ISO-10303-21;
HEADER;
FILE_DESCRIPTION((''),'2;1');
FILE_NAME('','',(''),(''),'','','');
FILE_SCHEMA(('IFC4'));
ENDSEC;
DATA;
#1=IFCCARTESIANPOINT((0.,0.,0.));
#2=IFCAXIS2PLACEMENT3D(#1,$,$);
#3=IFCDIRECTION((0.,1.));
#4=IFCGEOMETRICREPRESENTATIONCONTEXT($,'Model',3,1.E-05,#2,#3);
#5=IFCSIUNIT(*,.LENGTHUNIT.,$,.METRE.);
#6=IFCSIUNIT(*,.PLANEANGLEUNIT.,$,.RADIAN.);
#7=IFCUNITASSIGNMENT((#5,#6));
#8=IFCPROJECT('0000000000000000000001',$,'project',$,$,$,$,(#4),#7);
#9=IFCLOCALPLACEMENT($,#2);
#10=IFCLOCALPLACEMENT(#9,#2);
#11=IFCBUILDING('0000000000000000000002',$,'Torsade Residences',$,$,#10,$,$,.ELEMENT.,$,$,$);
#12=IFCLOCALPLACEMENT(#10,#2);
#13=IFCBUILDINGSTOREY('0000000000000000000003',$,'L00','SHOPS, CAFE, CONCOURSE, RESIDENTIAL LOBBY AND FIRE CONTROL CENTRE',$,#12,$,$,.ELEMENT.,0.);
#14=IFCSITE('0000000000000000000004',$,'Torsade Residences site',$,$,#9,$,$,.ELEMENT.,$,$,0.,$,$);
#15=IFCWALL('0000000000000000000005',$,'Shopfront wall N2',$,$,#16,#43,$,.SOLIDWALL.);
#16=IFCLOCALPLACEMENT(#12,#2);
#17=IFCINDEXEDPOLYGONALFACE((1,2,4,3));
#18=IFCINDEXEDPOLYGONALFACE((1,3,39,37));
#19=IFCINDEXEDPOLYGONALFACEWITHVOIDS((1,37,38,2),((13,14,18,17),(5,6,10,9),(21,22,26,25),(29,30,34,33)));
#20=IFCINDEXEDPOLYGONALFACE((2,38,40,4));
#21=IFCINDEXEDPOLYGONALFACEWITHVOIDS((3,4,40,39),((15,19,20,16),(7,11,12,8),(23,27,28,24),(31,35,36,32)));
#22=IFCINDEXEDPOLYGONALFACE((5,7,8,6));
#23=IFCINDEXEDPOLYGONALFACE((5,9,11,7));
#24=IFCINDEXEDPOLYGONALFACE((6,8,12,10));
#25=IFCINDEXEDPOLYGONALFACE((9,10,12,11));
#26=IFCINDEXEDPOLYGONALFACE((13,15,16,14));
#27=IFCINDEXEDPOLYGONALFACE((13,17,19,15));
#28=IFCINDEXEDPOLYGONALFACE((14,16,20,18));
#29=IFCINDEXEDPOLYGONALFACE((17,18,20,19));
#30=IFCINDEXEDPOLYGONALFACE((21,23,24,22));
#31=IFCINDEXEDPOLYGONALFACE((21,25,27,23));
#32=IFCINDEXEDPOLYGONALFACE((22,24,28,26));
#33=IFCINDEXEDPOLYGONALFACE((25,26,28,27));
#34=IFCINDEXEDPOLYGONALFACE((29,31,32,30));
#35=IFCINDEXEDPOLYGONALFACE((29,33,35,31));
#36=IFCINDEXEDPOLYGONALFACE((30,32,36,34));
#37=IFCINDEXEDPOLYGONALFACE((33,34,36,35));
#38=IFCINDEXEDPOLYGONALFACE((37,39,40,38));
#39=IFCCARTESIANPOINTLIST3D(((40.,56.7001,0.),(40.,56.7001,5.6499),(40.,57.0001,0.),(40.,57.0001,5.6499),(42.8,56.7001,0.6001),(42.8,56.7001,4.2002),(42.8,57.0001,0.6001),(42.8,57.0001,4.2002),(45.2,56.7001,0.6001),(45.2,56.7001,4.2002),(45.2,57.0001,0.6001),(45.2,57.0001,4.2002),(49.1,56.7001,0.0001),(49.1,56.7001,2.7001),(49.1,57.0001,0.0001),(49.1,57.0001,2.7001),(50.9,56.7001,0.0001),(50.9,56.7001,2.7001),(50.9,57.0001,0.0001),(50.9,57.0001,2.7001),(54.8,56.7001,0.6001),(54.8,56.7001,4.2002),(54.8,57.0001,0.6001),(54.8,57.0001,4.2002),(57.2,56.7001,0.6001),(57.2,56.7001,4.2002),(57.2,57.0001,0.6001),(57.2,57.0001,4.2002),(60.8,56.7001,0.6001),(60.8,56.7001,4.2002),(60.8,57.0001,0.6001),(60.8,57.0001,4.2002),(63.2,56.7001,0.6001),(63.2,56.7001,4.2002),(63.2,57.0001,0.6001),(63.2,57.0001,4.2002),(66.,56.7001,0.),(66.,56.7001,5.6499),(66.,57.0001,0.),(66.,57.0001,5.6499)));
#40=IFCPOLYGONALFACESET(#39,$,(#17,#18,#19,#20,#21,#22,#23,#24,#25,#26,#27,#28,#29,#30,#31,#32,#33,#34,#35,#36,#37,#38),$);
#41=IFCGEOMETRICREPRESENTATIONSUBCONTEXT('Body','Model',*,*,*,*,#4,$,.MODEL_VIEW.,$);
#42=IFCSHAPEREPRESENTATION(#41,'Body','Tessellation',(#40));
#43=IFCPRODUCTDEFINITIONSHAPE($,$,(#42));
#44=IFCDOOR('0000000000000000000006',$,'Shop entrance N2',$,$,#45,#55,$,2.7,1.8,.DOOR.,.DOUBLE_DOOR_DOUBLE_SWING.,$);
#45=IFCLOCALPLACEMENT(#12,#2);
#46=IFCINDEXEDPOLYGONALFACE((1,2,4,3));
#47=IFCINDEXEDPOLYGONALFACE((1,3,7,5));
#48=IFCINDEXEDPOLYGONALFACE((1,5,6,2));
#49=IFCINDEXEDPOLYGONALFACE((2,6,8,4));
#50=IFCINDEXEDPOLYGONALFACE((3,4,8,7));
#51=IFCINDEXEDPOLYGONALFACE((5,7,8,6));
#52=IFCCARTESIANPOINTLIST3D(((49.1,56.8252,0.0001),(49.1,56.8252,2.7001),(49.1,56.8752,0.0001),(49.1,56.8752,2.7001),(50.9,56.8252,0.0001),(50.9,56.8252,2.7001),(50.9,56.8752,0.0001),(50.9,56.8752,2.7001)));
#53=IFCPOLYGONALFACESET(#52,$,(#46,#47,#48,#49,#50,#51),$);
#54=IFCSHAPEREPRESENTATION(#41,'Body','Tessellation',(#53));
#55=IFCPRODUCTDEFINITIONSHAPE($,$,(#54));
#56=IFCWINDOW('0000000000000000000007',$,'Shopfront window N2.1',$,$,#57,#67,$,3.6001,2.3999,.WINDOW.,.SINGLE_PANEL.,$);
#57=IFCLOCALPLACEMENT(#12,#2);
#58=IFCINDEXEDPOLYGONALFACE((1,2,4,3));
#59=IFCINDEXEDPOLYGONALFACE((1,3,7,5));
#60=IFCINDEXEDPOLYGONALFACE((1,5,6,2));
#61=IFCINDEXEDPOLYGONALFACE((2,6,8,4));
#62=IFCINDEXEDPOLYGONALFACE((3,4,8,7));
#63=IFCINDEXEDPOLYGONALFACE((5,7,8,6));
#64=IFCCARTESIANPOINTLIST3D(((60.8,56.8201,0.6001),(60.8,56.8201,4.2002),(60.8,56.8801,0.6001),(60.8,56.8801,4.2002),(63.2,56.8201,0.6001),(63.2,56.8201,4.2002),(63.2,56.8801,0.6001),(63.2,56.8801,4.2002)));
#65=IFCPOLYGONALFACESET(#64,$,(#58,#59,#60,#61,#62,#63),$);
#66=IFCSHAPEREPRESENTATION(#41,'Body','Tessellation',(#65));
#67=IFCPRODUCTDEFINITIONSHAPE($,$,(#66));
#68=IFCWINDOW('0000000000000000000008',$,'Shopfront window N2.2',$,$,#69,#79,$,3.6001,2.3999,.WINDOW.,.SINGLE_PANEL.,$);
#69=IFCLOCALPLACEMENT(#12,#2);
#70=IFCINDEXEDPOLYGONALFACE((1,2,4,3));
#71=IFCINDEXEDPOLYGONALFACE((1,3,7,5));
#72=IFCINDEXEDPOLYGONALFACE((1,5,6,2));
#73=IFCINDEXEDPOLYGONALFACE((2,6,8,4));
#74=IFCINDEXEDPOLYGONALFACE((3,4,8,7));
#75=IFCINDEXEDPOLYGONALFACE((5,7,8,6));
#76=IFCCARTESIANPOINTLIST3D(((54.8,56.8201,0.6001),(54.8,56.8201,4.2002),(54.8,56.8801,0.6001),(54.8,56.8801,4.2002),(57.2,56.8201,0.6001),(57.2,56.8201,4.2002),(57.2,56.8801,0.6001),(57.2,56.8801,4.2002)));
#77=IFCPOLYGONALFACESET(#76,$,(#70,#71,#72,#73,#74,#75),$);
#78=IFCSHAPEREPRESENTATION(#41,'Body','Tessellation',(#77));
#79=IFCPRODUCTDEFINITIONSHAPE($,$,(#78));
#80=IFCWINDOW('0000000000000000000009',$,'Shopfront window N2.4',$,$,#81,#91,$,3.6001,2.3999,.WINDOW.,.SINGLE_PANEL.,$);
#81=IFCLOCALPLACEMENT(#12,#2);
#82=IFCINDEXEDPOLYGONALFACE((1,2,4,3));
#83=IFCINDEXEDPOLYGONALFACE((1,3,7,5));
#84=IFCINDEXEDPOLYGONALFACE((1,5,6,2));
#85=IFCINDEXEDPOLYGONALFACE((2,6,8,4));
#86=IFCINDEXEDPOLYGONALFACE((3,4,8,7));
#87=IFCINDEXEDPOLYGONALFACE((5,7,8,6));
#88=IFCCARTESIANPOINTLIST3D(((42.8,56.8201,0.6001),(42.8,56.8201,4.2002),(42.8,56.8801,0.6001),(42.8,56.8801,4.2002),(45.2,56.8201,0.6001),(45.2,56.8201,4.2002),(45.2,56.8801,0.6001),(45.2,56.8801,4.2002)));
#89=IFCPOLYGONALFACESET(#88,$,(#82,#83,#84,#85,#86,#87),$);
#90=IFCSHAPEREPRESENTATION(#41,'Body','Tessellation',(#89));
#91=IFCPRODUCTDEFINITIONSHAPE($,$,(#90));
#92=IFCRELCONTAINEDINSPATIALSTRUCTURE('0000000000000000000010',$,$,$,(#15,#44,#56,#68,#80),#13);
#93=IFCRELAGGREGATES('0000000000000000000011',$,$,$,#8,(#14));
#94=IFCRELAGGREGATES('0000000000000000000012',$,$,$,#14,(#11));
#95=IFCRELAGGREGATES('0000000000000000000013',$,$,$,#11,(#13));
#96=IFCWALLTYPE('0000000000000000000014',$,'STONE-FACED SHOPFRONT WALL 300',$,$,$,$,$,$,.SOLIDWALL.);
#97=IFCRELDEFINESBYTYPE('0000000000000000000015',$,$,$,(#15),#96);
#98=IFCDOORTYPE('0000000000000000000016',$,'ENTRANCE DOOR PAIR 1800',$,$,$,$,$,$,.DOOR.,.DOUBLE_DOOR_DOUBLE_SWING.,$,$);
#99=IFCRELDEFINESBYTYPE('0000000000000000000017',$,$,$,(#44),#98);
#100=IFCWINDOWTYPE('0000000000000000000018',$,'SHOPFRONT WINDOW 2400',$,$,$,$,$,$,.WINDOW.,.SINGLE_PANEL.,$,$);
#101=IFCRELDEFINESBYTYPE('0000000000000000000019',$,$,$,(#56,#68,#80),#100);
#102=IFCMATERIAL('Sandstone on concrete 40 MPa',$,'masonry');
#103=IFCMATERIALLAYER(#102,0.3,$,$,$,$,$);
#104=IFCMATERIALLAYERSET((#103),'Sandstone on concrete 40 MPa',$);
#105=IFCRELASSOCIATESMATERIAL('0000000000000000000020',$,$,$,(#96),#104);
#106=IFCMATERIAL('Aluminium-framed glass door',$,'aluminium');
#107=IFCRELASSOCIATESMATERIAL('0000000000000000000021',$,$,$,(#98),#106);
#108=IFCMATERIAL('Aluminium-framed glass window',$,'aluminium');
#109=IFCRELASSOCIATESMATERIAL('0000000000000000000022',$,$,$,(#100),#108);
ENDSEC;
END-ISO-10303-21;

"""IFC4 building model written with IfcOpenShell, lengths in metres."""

from ifc_helpers import new_model, si_unit, direction, frame, frame_2d, origin, place, context, subcontext, project, spatial, rectangle, extrude, material, layer, layer_set, type_object, element, fill, save


model = new_model("IFC4")

# Units and contexts
model_context = context("Model", 3, precision=1e-05, world=origin(), true_north=direction((0.0, 1.0)))
body_context = subcontext(model_context, "Body", "Model", "MODEL_VIEW")
ifc_project = project(units=[si_unit("LENGTHUNIT", "METRE"), si_unit("PLANEANGLEUNIT", "RADIAN")], contexts=[model_context])

# Site, building, storey
site_placement = place(None, origin())
site = spatial("IfcSite", under=ifc_project, at=site_placement, Name="Torsade Residences site", CompositionType="ELEMENT", RefElevation=0.0)
building_placement = place(site_placement, origin())
building = spatial("IfcBuilding", under=site, at=building_placement, Name="Torsade Residences", CompositionType="ELEMENT")
storey_placement = place(building_placement, origin())
storey = spatial("IfcBuildingStorey", under=building, at=storey_placement, Name="L00", Description="SHOPS, CAFE, CONCOURSE, RESIDENTIAL LOBBY AND FIRE CONTROL CENTRE", CompositionType="ELEMENT", Elevation=0.0)

# Shared definitions
ifc_material_1 = material(Name="Sandstone on concrete 40 MPa", Category="masonry")
ifc_layer_1 = layer(ifc_material_1, 0.3)
ifc_layer_set_1 = layer_set([ifc_layer_1], Name="Sandstone on concrete 40 MPa")
wall_type_1 = type_object("IfcWallType", Name="STONE-FACED SHOPFRONT WALL 300", PredefinedType="SOLIDWALL", material=ifc_layer_set_1)

# Wall, openings, door, windows
wall_1_placement = place(storey_placement, frame((66.0, 56.8501, 0.0), z_axis=(0.0, 0.0, 1.0), x_axis=(-1.0, 0.0, 0.0)))
wall_1 = element("IfcWall", 1, at=wall_1_placement, inside=storey, type_object=wall_type_1, Name="Shopfront wall N2", PredefinedType="SOLIDWALL", context=body_context, shape_type="SweptSolid", body=[
    extrude(rectangle(XDim=26.0, YDim=0.3, at=frame_2d((13.0, 0.0))), origin(), (0.0, 0.0, 1.0), 5.6499),
])
opening_1_placement = place(wall_1_placement, frame((2.8, 0.0, 0.6001)))
opening_1 = element("IfcOpeningElement", 2, at=opening_1_placement, cuts=wall_1, PredefinedType="OPENING", context=body_context, shape_type="SweptSolid", body=[
    extrude(rectangle(XDim=2.3999, YDim=3.6001, at=frame_2d((1.2, 1.8))), frame((0.0, 0.1599, 0.0), z_axis=(0.0, -1.0, 0.0), x_axis=(1.0, 0.0, 0.0)), (0.0, 0.0, 1.0), 0.3201),
])
opening_2_placement = place(wall_1_placement, frame((8.8, 0.0, 0.6001)))
opening_2 = element("IfcOpeningElement", 3, at=opening_2_placement, cuts=wall_1, PredefinedType="OPENING", context=body_context, shape_type="SweptSolid", body=[
    extrude(rectangle(XDim=2.3999, YDim=3.6001, at=frame_2d((1.2, 1.8))), frame((0.0, 0.1599, 0.0), z_axis=(0.0, -1.0, 0.0), x_axis=(1.0, 0.0, 0.0)), (0.0, 0.0, 1.0), 0.3201),
])
opening_3_placement = place(wall_1_placement, frame((15.1001, 0.0, 0.0)))
opening_3 = element("IfcOpeningElement", 4, at=opening_3_placement, cuts=wall_1, PredefinedType="OPENING", context=body_context, shape_type="SweptSolid", body=[
    extrude(rectangle(XDim=1.8, YDim=2.7, at=frame_2d((0.8999, 1.3501))), frame((0.0, 0.1599, 0.0), z_axis=(0.0, -1.0, 0.0), x_axis=(1.0, 0.0, 0.0)), (0.0, 0.0, 1.0), 0.3201),
])
opening_4_placement = place(wall_1_placement, frame((20.8, 0.0, 0.6001)))
opening_4 = element("IfcOpeningElement", 5, at=opening_4_placement, cuts=wall_1, PredefinedType="OPENING", context=body_context, shape_type="SweptSolid", body=[
    extrude(rectangle(XDim=2.3999, YDim=3.6001, at=frame_2d((1.2, 1.8))), frame((0.0, 0.1599, 0.0), z_axis=(0.0, -1.0, 0.0), x_axis=(1.0, 0.0, 0.0)), (0.0, 0.0, 1.0), 0.3201),
])
ifc_material_2 = material(Name="Aluminium-framed glass door", Category="aluminium")
door_type_1 = type_object("IfcDoorType", Name="ENTRANCE DOOR PAIR 1800", OperationType="DOUBLE_DOOR_DOUBLE_SWING", PredefinedType="DOOR", material=ifc_material_2)
door_1_placement = place(opening_3_placement, origin())
door_1 = element("IfcDoor", 6, at=door_1_placement, inside=storey, type_object=door_type_1, Name="Shop entrance N2", OperationType="DOUBLE_DOOR_DOUBLE_SWING", OverallHeight=2.7, OverallWidth=1.8, PredefinedType="DOOR", context=body_context, shape_type="SweptSolid", body=[
    extrude(rectangle(XDim=1.8, YDim=2.7, at=frame_2d((0.8999, 1.3501))), frame((0.0, 0.0249, 0.0), z_axis=(0.0, -1.0, 0.0), x_axis=(1.0, 0.0, 0.0)), (0.0, 0.0, 1.0), 0.05),
])
fill(opening_3, door_1)
ifc_material_3 = material(Name="Aluminium-framed glass window", Category="aluminium")
window_type = type_object("IfcWindowType", Name="SHOPFRONT WINDOW 2400", PartitioningType="SINGLE_PANEL", PredefinedType="WINDOW", material=ifc_material_3)
window_1_placement = place(opening_1_placement, origin())
window_1 = element("IfcWindow", 7, at=window_1_placement, inside=storey, type_object=window_type, Name="Shopfront window N2.1", OverallHeight=3.6001, OverallWidth=2.3999, PartitioningType="SINGLE_PANEL", PredefinedType="WINDOW", context=body_context, shape_type="SweptSolid", body=[
    extrude(rectangle(XDim=2.3999, YDim=3.6001, at=frame_2d((1.2, 1.8))), frame((0.0, 0.03, 0.0), z_axis=(0.0, -1.0, 0.0), x_axis=(1.0, 0.0, 0.0)), (0.0, 0.0, 1.0), 0.0601),
])
fill(opening_1, window_1)
window_2_placement = place(opening_2_placement, origin())
window_2 = element("IfcWindow", 8, at=window_2_placement, inside=storey, type_object=window_type, Name="Shopfront window N2.2", OverallHeight=3.6001, OverallWidth=2.3999, PartitioningType="SINGLE_PANEL", PredefinedType="WINDOW", context=body_context, shape_type="SweptSolid", body=[
    extrude(rectangle(XDim=2.3999, YDim=3.6001, at=frame_2d((1.2, 1.8))), frame((0.0, 0.03, 0.0), z_axis=(0.0, -1.0, 0.0), x_axis=(1.0, 0.0, 0.0)), (0.0, 0.0, 1.0), 0.0601),
])
fill(opening_2, window_2)
window_3_placement = place(opening_4_placement, origin())
window_3 = element("IfcWindow", 9, at=window_3_placement, inside=storey, type_object=window_type, Name="Shopfront window N2.4", OverallHeight=3.6001, OverallWidth=2.3999, PartitioningType="SINGLE_PANEL", PredefinedType="WINDOW", context=body_context, shape_type="SweptSolid", body=[
    extrude(rectangle(XDim=2.3999, YDim=3.6001, at=frame_2d((1.2, 1.8))), frame((0.0, 0.03, 0.0), z_axis=(0.0, -1.0, 0.0), x_axis=(1.0, 0.0, 0.0)), (0.0, 0.0, 1.0), 0.0601),
])
fill(opening_4, window_3)

save(model, "model.ifc")
